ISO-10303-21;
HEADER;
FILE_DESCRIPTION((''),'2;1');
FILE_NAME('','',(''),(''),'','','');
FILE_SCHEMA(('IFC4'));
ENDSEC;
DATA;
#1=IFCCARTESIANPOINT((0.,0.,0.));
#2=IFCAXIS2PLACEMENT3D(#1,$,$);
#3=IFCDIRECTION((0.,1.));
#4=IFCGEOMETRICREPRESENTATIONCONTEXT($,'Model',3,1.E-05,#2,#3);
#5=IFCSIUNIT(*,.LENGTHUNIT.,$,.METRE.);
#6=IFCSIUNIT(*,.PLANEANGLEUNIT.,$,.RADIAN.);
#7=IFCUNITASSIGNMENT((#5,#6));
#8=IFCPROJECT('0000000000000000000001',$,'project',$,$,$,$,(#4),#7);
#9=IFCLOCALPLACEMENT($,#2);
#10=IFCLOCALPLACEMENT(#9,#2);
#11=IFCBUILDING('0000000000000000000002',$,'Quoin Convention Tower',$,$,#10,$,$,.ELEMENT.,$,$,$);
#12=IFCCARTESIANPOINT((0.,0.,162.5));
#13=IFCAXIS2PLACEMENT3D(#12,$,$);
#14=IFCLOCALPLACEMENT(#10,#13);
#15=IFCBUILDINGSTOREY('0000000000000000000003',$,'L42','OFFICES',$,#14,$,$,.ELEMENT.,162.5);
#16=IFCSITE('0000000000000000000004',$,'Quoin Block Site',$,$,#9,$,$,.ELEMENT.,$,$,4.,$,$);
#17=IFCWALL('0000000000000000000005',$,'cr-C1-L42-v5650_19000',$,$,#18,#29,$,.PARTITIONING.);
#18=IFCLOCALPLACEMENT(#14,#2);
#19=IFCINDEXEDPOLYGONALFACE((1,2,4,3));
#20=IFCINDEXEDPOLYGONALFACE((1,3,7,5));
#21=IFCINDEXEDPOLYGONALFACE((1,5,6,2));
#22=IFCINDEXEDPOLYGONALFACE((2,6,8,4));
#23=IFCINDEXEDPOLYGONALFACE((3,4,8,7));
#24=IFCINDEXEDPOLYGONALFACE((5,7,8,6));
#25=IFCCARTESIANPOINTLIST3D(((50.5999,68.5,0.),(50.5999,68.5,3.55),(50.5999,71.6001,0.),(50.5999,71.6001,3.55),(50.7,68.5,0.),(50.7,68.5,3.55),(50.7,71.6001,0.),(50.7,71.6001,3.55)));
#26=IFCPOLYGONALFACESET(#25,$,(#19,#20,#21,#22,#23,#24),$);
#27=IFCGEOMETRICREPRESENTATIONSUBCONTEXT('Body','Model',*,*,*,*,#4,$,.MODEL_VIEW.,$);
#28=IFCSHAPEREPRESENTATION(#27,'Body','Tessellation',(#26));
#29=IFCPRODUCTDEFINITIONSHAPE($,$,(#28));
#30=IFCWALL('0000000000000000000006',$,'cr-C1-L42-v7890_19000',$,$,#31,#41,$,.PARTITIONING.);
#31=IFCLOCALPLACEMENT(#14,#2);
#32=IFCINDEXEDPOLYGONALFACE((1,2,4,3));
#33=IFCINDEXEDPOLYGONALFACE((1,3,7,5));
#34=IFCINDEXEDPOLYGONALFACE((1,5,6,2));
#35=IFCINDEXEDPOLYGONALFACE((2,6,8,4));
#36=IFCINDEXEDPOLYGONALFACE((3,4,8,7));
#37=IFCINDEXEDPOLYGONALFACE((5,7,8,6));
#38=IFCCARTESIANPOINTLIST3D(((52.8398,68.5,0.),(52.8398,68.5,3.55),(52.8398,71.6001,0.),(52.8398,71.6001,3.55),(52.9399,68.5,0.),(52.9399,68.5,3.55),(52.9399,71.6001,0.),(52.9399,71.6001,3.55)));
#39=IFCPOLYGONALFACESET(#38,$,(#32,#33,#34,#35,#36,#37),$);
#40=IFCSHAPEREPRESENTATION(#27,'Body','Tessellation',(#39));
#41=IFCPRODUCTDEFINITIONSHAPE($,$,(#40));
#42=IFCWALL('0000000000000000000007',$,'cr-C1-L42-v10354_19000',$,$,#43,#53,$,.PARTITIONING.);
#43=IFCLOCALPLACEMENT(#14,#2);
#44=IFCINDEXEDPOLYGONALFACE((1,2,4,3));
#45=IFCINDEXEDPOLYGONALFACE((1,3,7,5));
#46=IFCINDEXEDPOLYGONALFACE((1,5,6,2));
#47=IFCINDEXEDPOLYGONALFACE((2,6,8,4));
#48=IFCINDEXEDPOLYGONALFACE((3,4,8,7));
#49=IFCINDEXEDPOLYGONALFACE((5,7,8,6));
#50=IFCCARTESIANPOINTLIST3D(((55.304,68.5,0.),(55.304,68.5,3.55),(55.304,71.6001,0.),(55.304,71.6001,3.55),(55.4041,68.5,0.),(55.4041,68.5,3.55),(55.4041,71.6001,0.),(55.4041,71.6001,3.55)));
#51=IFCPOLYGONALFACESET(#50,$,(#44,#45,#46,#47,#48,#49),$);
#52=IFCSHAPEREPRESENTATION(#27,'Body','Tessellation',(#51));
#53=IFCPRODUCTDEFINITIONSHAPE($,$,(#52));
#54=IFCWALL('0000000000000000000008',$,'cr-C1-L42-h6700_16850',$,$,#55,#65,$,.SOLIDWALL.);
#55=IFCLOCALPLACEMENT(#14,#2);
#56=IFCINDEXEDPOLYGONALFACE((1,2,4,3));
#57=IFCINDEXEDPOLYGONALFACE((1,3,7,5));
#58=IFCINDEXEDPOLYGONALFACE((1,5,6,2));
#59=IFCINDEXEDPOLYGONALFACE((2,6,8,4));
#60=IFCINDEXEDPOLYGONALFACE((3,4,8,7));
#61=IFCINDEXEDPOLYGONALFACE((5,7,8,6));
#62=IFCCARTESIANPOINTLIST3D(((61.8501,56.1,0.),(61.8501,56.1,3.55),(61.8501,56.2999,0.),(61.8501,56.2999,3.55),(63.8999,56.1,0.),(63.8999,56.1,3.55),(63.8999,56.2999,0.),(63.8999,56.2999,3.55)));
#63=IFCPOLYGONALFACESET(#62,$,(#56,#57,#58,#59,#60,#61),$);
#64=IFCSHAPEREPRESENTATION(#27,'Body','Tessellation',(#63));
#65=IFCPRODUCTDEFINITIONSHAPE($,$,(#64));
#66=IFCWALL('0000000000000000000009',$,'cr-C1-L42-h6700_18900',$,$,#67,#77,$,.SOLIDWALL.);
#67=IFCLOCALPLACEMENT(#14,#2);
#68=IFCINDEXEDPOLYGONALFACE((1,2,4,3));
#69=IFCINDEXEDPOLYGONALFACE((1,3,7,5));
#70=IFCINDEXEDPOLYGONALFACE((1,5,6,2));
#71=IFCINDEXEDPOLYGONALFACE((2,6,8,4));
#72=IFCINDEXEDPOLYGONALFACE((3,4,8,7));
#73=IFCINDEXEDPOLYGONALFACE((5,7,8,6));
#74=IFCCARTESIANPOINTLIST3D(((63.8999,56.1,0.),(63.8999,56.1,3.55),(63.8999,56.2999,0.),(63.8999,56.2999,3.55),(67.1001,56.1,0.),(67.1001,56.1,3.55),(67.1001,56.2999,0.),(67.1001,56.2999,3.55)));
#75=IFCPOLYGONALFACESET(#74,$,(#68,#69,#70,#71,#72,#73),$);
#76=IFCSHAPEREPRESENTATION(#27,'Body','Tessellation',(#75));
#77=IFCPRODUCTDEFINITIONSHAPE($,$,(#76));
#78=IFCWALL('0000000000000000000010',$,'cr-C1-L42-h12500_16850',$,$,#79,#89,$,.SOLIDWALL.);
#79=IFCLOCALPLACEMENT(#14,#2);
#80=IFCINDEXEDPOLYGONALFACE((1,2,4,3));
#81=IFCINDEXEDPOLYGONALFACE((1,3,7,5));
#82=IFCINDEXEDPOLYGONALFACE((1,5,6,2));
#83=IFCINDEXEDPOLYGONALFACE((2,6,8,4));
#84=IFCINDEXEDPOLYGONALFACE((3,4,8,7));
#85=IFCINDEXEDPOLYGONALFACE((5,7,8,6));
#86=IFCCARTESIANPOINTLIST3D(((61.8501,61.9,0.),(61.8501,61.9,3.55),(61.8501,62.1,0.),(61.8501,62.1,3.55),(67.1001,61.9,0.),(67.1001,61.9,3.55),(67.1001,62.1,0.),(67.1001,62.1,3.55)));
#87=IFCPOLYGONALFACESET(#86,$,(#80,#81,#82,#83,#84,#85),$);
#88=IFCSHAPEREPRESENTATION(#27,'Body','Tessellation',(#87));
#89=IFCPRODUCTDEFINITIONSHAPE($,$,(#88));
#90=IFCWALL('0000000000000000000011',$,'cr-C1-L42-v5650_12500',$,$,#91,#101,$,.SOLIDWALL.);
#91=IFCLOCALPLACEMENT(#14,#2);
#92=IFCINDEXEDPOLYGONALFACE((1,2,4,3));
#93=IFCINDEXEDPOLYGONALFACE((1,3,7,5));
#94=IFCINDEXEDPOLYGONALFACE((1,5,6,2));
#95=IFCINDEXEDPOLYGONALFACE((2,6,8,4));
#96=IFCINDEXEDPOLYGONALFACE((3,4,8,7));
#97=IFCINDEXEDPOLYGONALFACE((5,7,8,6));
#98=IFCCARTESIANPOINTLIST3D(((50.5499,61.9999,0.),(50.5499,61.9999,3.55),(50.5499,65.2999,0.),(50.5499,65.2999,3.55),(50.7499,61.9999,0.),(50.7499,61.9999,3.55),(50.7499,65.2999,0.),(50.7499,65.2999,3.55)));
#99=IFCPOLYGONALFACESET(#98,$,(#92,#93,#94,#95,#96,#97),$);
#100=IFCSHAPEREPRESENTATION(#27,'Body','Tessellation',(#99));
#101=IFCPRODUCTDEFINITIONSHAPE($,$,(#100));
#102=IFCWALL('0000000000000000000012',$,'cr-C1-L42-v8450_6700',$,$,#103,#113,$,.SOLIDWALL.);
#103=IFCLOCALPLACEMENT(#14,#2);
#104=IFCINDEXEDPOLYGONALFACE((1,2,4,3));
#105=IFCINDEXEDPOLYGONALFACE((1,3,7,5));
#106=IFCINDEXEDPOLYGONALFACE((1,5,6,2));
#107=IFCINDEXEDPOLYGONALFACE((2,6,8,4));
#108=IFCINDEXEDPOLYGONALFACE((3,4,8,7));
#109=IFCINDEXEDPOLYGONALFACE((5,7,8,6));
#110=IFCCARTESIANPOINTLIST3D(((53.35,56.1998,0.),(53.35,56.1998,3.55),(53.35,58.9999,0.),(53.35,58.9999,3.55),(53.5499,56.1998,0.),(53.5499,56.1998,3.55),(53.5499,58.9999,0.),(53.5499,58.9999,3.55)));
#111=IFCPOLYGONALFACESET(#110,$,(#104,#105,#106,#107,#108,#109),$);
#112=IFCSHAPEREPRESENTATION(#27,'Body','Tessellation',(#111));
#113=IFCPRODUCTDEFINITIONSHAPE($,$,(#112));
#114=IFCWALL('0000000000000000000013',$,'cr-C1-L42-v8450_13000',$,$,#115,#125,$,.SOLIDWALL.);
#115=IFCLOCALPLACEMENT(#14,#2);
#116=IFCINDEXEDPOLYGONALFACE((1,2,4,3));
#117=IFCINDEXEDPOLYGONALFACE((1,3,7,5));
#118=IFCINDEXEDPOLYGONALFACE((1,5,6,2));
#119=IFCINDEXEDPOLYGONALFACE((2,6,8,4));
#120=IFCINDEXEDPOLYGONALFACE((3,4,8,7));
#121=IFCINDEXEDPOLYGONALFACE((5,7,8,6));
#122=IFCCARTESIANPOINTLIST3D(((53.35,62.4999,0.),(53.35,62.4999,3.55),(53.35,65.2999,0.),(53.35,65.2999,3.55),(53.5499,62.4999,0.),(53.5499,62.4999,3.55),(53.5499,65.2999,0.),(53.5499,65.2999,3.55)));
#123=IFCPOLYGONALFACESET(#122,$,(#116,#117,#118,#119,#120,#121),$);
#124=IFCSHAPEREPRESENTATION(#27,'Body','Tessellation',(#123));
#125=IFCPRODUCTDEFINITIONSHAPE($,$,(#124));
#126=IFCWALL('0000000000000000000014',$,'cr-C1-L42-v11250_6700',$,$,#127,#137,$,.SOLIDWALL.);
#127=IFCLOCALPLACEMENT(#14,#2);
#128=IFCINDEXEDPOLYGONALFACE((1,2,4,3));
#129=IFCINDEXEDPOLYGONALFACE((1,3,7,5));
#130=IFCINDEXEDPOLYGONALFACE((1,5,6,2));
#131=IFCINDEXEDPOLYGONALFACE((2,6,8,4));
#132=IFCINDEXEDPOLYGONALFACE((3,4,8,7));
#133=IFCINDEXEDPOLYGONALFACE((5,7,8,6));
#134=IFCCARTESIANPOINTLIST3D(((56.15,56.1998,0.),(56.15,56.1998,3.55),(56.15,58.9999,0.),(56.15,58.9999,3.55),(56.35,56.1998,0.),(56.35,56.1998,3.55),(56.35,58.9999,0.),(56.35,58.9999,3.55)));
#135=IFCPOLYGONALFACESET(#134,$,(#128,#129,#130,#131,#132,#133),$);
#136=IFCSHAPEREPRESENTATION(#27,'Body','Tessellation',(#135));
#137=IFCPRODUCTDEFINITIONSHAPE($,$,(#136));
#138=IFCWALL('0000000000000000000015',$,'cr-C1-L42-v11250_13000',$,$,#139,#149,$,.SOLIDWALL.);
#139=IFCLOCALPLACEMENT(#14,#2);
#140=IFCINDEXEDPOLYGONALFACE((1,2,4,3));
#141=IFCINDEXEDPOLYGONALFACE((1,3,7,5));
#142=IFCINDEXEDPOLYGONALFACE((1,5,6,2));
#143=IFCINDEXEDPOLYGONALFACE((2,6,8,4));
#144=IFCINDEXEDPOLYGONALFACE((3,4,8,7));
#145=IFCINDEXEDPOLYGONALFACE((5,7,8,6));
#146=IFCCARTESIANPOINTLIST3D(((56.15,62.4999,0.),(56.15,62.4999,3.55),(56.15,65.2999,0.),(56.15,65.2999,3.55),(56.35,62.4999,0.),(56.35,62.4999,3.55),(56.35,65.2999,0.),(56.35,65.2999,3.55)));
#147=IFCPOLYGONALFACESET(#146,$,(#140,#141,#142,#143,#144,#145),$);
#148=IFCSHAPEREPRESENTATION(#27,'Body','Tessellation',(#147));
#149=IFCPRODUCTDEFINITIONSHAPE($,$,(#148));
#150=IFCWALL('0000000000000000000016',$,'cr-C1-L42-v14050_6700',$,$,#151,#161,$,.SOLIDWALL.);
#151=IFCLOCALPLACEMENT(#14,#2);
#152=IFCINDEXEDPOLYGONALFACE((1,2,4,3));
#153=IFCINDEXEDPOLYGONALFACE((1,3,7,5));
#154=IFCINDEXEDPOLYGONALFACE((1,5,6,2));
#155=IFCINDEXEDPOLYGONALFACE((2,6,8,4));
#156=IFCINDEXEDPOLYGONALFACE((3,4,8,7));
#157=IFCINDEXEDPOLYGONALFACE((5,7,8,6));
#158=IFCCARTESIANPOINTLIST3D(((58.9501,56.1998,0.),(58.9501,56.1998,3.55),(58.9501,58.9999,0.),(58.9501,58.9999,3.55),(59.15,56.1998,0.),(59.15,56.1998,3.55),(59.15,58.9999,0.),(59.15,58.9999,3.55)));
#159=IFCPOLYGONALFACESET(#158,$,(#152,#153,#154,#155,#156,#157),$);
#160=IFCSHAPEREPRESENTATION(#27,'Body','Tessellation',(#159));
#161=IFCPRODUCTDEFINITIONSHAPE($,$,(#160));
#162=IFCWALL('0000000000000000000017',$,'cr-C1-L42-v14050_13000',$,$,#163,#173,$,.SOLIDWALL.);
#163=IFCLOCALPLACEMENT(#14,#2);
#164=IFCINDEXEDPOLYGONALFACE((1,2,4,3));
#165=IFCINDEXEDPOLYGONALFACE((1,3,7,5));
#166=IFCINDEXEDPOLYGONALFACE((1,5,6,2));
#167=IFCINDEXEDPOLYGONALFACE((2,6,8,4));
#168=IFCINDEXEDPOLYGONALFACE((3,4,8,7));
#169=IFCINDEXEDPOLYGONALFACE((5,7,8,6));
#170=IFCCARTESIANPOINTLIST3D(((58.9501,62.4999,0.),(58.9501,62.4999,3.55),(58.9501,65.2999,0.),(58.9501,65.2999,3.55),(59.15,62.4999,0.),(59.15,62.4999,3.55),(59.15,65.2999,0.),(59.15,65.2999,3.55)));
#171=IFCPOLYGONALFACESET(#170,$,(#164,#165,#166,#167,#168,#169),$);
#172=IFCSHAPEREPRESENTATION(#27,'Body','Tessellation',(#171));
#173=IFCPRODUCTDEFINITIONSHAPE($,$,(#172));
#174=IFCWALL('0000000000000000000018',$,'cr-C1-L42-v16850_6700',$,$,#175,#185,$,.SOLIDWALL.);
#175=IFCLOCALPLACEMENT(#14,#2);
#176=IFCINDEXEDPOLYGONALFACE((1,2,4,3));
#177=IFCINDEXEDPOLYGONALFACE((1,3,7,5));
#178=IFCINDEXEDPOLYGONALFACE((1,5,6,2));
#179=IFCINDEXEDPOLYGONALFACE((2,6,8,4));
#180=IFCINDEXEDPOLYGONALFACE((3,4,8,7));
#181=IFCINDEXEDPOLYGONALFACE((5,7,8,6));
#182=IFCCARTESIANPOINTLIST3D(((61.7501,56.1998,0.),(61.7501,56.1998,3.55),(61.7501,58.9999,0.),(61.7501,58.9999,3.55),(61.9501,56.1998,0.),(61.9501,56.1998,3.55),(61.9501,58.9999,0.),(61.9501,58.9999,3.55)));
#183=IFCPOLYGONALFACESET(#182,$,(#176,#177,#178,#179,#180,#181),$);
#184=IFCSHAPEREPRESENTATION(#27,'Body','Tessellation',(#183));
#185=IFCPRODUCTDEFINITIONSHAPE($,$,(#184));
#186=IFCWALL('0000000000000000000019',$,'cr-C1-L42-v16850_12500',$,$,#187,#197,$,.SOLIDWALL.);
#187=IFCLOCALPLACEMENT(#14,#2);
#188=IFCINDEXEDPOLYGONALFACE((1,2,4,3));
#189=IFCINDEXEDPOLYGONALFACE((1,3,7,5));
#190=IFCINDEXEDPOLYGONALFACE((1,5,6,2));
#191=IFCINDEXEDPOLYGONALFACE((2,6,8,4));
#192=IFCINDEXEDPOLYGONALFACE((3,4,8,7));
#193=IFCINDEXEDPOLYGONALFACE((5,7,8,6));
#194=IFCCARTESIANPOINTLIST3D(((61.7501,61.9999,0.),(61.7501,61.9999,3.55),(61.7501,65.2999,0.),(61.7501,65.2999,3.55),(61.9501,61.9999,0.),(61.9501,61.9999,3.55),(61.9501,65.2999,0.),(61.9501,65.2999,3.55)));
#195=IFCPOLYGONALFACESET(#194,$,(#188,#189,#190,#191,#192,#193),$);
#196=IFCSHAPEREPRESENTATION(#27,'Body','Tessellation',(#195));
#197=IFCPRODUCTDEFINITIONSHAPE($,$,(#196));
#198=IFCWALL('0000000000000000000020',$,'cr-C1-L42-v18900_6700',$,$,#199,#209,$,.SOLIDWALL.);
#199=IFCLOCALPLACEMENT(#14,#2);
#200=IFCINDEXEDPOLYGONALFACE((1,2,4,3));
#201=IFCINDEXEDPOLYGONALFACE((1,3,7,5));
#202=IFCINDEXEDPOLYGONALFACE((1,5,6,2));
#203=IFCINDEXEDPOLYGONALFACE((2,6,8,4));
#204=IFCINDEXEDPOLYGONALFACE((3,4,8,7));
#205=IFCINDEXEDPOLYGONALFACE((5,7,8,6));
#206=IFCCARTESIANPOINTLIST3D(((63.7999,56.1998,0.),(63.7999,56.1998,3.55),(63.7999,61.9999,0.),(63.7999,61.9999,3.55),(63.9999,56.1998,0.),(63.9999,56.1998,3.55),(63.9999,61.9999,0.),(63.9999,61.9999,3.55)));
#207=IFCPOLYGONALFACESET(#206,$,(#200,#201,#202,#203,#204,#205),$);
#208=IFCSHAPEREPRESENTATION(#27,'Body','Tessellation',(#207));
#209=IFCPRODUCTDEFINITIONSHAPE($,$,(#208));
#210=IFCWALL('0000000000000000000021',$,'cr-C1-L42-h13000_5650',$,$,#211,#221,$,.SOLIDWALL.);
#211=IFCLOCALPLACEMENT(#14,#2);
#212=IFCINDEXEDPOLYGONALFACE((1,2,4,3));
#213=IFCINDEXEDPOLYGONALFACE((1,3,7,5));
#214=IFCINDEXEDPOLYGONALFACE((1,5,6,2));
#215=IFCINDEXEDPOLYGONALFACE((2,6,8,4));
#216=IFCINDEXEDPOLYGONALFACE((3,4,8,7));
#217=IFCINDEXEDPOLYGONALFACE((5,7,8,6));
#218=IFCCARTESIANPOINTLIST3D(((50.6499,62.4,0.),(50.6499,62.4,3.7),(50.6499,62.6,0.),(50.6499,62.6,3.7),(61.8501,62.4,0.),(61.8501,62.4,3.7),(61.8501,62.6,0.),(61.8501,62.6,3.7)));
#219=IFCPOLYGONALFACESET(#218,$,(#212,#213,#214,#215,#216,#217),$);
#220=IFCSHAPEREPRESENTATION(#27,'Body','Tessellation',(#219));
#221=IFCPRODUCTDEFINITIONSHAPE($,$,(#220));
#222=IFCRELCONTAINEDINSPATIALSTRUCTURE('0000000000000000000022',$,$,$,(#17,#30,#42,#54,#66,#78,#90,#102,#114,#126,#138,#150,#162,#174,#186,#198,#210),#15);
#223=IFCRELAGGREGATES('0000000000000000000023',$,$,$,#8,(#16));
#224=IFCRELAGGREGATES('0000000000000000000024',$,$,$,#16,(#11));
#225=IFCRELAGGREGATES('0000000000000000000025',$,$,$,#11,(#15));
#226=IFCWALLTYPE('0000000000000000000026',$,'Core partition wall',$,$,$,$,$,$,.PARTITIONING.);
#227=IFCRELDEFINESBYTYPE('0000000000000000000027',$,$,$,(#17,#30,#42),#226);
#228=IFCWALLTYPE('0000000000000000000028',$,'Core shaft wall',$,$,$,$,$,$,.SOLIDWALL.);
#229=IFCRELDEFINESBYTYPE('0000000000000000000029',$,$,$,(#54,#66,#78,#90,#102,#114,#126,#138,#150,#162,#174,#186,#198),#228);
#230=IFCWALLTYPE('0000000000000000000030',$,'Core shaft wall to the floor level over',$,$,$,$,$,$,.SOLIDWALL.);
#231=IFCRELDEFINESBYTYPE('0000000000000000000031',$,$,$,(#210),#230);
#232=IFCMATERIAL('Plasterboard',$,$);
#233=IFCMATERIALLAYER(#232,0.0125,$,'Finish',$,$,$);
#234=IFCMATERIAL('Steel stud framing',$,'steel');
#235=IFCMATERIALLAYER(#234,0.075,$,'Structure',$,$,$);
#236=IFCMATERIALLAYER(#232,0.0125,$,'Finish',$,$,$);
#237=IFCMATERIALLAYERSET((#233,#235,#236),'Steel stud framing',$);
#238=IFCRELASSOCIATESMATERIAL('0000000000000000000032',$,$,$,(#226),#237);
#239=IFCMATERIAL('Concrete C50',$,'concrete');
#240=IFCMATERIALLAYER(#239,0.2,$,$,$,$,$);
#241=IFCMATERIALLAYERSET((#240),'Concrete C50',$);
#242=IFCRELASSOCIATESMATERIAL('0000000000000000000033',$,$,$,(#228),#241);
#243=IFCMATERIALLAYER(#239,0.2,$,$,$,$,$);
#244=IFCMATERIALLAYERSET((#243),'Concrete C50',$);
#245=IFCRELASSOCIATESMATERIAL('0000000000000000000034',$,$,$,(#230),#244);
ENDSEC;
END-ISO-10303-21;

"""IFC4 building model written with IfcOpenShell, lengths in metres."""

from ifc_helpers import new_model, si_unit, direction, frame, frame_2d, origin, place, context, subcontext, project, spatial, rectangle, extrude, material, layer, layer_set, type_object, element, save


model = new_model("IFC4")

# Units and contexts
model_context = context("Model", 3, precision=1e-05, world=origin(), true_north=direction((0.0, 1.0)))
body_context = subcontext(model_context, "Body", "Model", "MODEL_VIEW")
ifc_project = project(units=[si_unit("LENGTHUNIT", "METRE"), si_unit("PLANEANGLEUNIT", "RADIAN")], contexts=[model_context])

# Site, building, storey
site_placement = place(None, origin())
site = spatial("IfcSite", under=ifc_project, at=site_placement, Name="Quoin Block Site", CompositionType="ELEMENT", RefElevation=4.0)
building_placement = place(site_placement, origin())
building = spatial("IfcBuilding", under=site, at=building_placement, Name="Quoin Convention Tower", CompositionType="ELEMENT")
storey_placement = place(building_placement, frame((0.0, 0.0, 162.5)))
storey = spatial("IfcBuildingStorey", under=building, at=storey_placement, Name="L42", Description="OFFICES", CompositionType="ELEMENT", Elevation=162.5)

# Walls
ifc_material_1 = material(Name="Plasterboard")
ifc_layer_1 = layer(ifc_material_1, 0.0125, Name="Finish")
ifc_material_2 = material(Name="Steel stud framing", Category="steel")
ifc_layer_2 = layer(ifc_material_2, 0.075, Name="Structure")
ifc_layer_3 = layer(ifc_material_1, 0.0125, Name="Finish")
ifc_layer_set_1 = layer_set([ifc_layer_1, ifc_layer_2, ifc_layer_3], Name="Steel stud framing")
wall_type_1 = type_object("IfcWallType", Name="Core partition wall", PredefinedType="PARTITIONING", material=ifc_layer_set_1)
for number, where, z_axis, x_axis, name in (
    (1, (50.6499, 68.5, 0.0), (0.0, 0.0, 1.0), (0.0, 1.0, 0.0), "cr-C1-L42-v5650_19000"),
    (2, (52.8899, 68.5, 0.0), (0.0, 0.0, 1.0), (0.0, 1.0, 0.0), "cr-C1-L42-v7890_19000"),
    (3, (55.354, 68.5, 0.0), (0.0, 0.0, 1.0), (0.0, 1.0, 0.0), "cr-C1-L42-v10354_19000"),
):
    element("IfcWall", number, at=place(storey_placement, frame(where, z_axis=z_axis, x_axis=x_axis)), inside=storey, type_object=wall_type_1, Name=name, PredefinedType="PARTITIONING", context=body_context, shape_type="SweptSolid", body=[
        extrude(rectangle(XDim=3.1001, YDim=0.1001, at=frame_2d((1.55, 0.0))), origin(), (0.0, 0.0, 1.0), 3.55),
    ])
ifc_material_3 = material(Name="Concrete C50", Category="concrete")
ifc_layer_4 = layer(ifc_material_3, 0.2)
ifc_layer_set_2 = layer_set([ifc_layer_4], Name="Concrete C50")
wall_type_2 = type_object("IfcWallType", Name="Core shaft wall", PredefinedType="SOLIDWALL", material=ifc_layer_set_2)
wall_1_placement = place(storey_placement, frame((61.8501, 56.2, 0.0), z_axis=(0.0, 0.0, 1.0), x_axis=(1.0, 0.0, 0.0)))
element("IfcWall", 4, at=wall_1_placement, inside=storey, type_object=wall_type_2, Name="cr-C1-L42-h6700_16850", PredefinedType="SOLIDWALL", context=body_context, shape_type="SweptSolid", body=[
    extrude(rectangle(XDim=2.0498, YDim=0.2, at=frame_2d((1.0249, 0.0))), origin(), (0.0, 0.0, 1.0), 3.55),
])
wall_2_placement = place(storey_placement, frame((63.8999, 56.2, 0.0), z_axis=(0.0, 0.0, 1.0), x_axis=(1.0, 0.0, 0.0)))
element("IfcWall", 5, at=wall_2_placement, inside=storey, type_object=wall_type_2, Name="cr-C1-L42-h6700_18900", PredefinedType="SOLIDWALL", context=body_context, shape_type="SweptSolid", body=[
    extrude(rectangle(XDim=3.2002, YDim=0.2, at=frame_2d((1.6001, 0.0))), origin(), (0.0, 0.0, 1.0), 3.55),
])
wall_3_placement = place(storey_placement, frame((61.8501, 62.0, 0.0), z_axis=(0.0, 0.0, 1.0), x_axis=(1.0, 0.0, 0.0)))
element("IfcWall", 6, at=wall_3_placement, inside=storey, type_object=wall_type_2, Name="cr-C1-L42-h12500_16850", PredefinedType="SOLIDWALL", context=body_context, shape_type="SweptSolid", body=[
    extrude(rectangle(XDim=5.25, YDim=0.2, at=frame_2d((2.625, 0.0))), origin(), (0.0, 0.0, 1.0), 3.55),
])
wall_4_placement = place(storey_placement, frame((50.6499, 62.0, 0.0), z_axis=(0.0, 0.0, 1.0), x_axis=(0.0, 1.0, 0.0)))
element("IfcWall", 7, at=wall_4_placement, inside=storey, type_object=wall_type_2, Name="cr-C1-L42-v5650_12500", PredefinedType="SOLIDWALL", context=body_context, shape_type="SweptSolid", body=[
    extrude(rectangle(XDim=3.3, YDim=0.2, at=frame_2d((1.6499, 0.0))), origin(), (0.0, 0.0, 1.0), 3.55),
])
for number, where, z_axis, x_axis, name in (
    (8, (53.45, 56.2, 0.0), (0.0, 0.0, 1.0), (0.0, 1.0, 0.0), "cr-C1-L42-v8450_6700"),
    (9, (53.45, 62.5, 0.0), (0.0, 0.0, 1.0), (0.0, 1.0, 0.0), "cr-C1-L42-v8450_13000"),
    (10, (56.25, 56.2, 0.0), (0.0, 0.0, 1.0), (0.0, 1.0, 0.0), "cr-C1-L42-v11250_6700"),
    (11, (56.25, 62.5, 0.0), (0.0, 0.0, 1.0), (0.0, 1.0, 0.0), "cr-C1-L42-v11250_13000"),
    (12, (59.05, 56.2, 0.0), (0.0, 0.0, 1.0), (0.0, 1.0, 0.0), "cr-C1-L42-v14050_6700"),
    (13, (59.05, 62.5, 0.0), (0.0, 0.0, 1.0), (0.0, 1.0, 0.0), "cr-C1-L42-v14050_13000"),
    (14, (61.8501, 56.2, 0.0), (0.0, 0.0, 1.0), (0.0, 1.0, 0.0), "cr-C1-L42-v16850_6700"),
):
    element("IfcWall", number, at=place(storey_placement, frame(where, z_axis=z_axis, x_axis=x_axis)), inside=storey, type_object=wall_type_2, Name=name, PredefinedType="SOLIDWALL", context=body_context, shape_type="SweptSolid", body=[
        extrude(rectangle(XDim=2.8, YDim=0.2, at=frame_2d((1.3999, 0.0))), origin(), (0.0, 0.0, 1.0), 3.55),
    ])
wall_5_placement = place(storey_placement, frame((61.8501, 62.0, 0.0), z_axis=(0.0, 0.0, 1.0), x_axis=(0.0, 1.0, 0.0)))
element("IfcWall", 15, at=wall_5_placement, inside=storey, type_object=wall_type_2, Name="cr-C1-L42-v16850_12500", PredefinedType="SOLIDWALL", context=body_context, shape_type="SweptSolid", body=[
    extrude(rectangle(XDim=3.3, YDim=0.2, at=frame_2d((1.6499, 0.0))), origin(), (0.0, 0.0, 1.0), 3.55),
])
wall_6_placement = place(storey_placement, frame((63.8999, 56.2, 0.0), z_axis=(0.0, 0.0, 1.0), x_axis=(0.0, 1.0, 0.0)))
element("IfcWall", 16, at=wall_6_placement, inside=storey, type_object=wall_type_2, Name="cr-C1-L42-v18900_6700", PredefinedType="SOLIDWALL", context=body_context, shape_type="SweptSolid", body=[
    extrude(rectangle(XDim=5.8, YDim=0.2, at=frame_2d((2.8999, 0.0))), origin(), (0.0, 0.0, 1.0), 3.55),
])
ifc_layer_5 = layer(ifc_material_3, 0.2)
ifc_layer_set_3 = layer_set([ifc_layer_5], Name="Concrete C50")
wall_type_3 = type_object("IfcWallType", Name="Core shaft wall to the floor level over", PredefinedType="SOLIDWALL", material=ifc_layer_set_3)
wall_7_placement = place(storey_placement, frame((50.6499, 62.5, 0.0), z_axis=(0.0, 0.0, 1.0), x_axis=(1.0, 0.0, 0.0)))
element("IfcWall", 17, at=wall_7_placement, inside=storey, type_object=wall_type_3, Name="cr-C1-L42-h13000_5650", PredefinedType="SOLIDWALL", context=body_context, shape_type="SweptSolid", body=[
    extrude(rectangle(XDim=11.2002, YDim=0.2, at=frame_2d((5.6001, 0.0))), origin(), (0.0, 0.0, 1.0), 3.7),
])

save(model, "model.ifc")
